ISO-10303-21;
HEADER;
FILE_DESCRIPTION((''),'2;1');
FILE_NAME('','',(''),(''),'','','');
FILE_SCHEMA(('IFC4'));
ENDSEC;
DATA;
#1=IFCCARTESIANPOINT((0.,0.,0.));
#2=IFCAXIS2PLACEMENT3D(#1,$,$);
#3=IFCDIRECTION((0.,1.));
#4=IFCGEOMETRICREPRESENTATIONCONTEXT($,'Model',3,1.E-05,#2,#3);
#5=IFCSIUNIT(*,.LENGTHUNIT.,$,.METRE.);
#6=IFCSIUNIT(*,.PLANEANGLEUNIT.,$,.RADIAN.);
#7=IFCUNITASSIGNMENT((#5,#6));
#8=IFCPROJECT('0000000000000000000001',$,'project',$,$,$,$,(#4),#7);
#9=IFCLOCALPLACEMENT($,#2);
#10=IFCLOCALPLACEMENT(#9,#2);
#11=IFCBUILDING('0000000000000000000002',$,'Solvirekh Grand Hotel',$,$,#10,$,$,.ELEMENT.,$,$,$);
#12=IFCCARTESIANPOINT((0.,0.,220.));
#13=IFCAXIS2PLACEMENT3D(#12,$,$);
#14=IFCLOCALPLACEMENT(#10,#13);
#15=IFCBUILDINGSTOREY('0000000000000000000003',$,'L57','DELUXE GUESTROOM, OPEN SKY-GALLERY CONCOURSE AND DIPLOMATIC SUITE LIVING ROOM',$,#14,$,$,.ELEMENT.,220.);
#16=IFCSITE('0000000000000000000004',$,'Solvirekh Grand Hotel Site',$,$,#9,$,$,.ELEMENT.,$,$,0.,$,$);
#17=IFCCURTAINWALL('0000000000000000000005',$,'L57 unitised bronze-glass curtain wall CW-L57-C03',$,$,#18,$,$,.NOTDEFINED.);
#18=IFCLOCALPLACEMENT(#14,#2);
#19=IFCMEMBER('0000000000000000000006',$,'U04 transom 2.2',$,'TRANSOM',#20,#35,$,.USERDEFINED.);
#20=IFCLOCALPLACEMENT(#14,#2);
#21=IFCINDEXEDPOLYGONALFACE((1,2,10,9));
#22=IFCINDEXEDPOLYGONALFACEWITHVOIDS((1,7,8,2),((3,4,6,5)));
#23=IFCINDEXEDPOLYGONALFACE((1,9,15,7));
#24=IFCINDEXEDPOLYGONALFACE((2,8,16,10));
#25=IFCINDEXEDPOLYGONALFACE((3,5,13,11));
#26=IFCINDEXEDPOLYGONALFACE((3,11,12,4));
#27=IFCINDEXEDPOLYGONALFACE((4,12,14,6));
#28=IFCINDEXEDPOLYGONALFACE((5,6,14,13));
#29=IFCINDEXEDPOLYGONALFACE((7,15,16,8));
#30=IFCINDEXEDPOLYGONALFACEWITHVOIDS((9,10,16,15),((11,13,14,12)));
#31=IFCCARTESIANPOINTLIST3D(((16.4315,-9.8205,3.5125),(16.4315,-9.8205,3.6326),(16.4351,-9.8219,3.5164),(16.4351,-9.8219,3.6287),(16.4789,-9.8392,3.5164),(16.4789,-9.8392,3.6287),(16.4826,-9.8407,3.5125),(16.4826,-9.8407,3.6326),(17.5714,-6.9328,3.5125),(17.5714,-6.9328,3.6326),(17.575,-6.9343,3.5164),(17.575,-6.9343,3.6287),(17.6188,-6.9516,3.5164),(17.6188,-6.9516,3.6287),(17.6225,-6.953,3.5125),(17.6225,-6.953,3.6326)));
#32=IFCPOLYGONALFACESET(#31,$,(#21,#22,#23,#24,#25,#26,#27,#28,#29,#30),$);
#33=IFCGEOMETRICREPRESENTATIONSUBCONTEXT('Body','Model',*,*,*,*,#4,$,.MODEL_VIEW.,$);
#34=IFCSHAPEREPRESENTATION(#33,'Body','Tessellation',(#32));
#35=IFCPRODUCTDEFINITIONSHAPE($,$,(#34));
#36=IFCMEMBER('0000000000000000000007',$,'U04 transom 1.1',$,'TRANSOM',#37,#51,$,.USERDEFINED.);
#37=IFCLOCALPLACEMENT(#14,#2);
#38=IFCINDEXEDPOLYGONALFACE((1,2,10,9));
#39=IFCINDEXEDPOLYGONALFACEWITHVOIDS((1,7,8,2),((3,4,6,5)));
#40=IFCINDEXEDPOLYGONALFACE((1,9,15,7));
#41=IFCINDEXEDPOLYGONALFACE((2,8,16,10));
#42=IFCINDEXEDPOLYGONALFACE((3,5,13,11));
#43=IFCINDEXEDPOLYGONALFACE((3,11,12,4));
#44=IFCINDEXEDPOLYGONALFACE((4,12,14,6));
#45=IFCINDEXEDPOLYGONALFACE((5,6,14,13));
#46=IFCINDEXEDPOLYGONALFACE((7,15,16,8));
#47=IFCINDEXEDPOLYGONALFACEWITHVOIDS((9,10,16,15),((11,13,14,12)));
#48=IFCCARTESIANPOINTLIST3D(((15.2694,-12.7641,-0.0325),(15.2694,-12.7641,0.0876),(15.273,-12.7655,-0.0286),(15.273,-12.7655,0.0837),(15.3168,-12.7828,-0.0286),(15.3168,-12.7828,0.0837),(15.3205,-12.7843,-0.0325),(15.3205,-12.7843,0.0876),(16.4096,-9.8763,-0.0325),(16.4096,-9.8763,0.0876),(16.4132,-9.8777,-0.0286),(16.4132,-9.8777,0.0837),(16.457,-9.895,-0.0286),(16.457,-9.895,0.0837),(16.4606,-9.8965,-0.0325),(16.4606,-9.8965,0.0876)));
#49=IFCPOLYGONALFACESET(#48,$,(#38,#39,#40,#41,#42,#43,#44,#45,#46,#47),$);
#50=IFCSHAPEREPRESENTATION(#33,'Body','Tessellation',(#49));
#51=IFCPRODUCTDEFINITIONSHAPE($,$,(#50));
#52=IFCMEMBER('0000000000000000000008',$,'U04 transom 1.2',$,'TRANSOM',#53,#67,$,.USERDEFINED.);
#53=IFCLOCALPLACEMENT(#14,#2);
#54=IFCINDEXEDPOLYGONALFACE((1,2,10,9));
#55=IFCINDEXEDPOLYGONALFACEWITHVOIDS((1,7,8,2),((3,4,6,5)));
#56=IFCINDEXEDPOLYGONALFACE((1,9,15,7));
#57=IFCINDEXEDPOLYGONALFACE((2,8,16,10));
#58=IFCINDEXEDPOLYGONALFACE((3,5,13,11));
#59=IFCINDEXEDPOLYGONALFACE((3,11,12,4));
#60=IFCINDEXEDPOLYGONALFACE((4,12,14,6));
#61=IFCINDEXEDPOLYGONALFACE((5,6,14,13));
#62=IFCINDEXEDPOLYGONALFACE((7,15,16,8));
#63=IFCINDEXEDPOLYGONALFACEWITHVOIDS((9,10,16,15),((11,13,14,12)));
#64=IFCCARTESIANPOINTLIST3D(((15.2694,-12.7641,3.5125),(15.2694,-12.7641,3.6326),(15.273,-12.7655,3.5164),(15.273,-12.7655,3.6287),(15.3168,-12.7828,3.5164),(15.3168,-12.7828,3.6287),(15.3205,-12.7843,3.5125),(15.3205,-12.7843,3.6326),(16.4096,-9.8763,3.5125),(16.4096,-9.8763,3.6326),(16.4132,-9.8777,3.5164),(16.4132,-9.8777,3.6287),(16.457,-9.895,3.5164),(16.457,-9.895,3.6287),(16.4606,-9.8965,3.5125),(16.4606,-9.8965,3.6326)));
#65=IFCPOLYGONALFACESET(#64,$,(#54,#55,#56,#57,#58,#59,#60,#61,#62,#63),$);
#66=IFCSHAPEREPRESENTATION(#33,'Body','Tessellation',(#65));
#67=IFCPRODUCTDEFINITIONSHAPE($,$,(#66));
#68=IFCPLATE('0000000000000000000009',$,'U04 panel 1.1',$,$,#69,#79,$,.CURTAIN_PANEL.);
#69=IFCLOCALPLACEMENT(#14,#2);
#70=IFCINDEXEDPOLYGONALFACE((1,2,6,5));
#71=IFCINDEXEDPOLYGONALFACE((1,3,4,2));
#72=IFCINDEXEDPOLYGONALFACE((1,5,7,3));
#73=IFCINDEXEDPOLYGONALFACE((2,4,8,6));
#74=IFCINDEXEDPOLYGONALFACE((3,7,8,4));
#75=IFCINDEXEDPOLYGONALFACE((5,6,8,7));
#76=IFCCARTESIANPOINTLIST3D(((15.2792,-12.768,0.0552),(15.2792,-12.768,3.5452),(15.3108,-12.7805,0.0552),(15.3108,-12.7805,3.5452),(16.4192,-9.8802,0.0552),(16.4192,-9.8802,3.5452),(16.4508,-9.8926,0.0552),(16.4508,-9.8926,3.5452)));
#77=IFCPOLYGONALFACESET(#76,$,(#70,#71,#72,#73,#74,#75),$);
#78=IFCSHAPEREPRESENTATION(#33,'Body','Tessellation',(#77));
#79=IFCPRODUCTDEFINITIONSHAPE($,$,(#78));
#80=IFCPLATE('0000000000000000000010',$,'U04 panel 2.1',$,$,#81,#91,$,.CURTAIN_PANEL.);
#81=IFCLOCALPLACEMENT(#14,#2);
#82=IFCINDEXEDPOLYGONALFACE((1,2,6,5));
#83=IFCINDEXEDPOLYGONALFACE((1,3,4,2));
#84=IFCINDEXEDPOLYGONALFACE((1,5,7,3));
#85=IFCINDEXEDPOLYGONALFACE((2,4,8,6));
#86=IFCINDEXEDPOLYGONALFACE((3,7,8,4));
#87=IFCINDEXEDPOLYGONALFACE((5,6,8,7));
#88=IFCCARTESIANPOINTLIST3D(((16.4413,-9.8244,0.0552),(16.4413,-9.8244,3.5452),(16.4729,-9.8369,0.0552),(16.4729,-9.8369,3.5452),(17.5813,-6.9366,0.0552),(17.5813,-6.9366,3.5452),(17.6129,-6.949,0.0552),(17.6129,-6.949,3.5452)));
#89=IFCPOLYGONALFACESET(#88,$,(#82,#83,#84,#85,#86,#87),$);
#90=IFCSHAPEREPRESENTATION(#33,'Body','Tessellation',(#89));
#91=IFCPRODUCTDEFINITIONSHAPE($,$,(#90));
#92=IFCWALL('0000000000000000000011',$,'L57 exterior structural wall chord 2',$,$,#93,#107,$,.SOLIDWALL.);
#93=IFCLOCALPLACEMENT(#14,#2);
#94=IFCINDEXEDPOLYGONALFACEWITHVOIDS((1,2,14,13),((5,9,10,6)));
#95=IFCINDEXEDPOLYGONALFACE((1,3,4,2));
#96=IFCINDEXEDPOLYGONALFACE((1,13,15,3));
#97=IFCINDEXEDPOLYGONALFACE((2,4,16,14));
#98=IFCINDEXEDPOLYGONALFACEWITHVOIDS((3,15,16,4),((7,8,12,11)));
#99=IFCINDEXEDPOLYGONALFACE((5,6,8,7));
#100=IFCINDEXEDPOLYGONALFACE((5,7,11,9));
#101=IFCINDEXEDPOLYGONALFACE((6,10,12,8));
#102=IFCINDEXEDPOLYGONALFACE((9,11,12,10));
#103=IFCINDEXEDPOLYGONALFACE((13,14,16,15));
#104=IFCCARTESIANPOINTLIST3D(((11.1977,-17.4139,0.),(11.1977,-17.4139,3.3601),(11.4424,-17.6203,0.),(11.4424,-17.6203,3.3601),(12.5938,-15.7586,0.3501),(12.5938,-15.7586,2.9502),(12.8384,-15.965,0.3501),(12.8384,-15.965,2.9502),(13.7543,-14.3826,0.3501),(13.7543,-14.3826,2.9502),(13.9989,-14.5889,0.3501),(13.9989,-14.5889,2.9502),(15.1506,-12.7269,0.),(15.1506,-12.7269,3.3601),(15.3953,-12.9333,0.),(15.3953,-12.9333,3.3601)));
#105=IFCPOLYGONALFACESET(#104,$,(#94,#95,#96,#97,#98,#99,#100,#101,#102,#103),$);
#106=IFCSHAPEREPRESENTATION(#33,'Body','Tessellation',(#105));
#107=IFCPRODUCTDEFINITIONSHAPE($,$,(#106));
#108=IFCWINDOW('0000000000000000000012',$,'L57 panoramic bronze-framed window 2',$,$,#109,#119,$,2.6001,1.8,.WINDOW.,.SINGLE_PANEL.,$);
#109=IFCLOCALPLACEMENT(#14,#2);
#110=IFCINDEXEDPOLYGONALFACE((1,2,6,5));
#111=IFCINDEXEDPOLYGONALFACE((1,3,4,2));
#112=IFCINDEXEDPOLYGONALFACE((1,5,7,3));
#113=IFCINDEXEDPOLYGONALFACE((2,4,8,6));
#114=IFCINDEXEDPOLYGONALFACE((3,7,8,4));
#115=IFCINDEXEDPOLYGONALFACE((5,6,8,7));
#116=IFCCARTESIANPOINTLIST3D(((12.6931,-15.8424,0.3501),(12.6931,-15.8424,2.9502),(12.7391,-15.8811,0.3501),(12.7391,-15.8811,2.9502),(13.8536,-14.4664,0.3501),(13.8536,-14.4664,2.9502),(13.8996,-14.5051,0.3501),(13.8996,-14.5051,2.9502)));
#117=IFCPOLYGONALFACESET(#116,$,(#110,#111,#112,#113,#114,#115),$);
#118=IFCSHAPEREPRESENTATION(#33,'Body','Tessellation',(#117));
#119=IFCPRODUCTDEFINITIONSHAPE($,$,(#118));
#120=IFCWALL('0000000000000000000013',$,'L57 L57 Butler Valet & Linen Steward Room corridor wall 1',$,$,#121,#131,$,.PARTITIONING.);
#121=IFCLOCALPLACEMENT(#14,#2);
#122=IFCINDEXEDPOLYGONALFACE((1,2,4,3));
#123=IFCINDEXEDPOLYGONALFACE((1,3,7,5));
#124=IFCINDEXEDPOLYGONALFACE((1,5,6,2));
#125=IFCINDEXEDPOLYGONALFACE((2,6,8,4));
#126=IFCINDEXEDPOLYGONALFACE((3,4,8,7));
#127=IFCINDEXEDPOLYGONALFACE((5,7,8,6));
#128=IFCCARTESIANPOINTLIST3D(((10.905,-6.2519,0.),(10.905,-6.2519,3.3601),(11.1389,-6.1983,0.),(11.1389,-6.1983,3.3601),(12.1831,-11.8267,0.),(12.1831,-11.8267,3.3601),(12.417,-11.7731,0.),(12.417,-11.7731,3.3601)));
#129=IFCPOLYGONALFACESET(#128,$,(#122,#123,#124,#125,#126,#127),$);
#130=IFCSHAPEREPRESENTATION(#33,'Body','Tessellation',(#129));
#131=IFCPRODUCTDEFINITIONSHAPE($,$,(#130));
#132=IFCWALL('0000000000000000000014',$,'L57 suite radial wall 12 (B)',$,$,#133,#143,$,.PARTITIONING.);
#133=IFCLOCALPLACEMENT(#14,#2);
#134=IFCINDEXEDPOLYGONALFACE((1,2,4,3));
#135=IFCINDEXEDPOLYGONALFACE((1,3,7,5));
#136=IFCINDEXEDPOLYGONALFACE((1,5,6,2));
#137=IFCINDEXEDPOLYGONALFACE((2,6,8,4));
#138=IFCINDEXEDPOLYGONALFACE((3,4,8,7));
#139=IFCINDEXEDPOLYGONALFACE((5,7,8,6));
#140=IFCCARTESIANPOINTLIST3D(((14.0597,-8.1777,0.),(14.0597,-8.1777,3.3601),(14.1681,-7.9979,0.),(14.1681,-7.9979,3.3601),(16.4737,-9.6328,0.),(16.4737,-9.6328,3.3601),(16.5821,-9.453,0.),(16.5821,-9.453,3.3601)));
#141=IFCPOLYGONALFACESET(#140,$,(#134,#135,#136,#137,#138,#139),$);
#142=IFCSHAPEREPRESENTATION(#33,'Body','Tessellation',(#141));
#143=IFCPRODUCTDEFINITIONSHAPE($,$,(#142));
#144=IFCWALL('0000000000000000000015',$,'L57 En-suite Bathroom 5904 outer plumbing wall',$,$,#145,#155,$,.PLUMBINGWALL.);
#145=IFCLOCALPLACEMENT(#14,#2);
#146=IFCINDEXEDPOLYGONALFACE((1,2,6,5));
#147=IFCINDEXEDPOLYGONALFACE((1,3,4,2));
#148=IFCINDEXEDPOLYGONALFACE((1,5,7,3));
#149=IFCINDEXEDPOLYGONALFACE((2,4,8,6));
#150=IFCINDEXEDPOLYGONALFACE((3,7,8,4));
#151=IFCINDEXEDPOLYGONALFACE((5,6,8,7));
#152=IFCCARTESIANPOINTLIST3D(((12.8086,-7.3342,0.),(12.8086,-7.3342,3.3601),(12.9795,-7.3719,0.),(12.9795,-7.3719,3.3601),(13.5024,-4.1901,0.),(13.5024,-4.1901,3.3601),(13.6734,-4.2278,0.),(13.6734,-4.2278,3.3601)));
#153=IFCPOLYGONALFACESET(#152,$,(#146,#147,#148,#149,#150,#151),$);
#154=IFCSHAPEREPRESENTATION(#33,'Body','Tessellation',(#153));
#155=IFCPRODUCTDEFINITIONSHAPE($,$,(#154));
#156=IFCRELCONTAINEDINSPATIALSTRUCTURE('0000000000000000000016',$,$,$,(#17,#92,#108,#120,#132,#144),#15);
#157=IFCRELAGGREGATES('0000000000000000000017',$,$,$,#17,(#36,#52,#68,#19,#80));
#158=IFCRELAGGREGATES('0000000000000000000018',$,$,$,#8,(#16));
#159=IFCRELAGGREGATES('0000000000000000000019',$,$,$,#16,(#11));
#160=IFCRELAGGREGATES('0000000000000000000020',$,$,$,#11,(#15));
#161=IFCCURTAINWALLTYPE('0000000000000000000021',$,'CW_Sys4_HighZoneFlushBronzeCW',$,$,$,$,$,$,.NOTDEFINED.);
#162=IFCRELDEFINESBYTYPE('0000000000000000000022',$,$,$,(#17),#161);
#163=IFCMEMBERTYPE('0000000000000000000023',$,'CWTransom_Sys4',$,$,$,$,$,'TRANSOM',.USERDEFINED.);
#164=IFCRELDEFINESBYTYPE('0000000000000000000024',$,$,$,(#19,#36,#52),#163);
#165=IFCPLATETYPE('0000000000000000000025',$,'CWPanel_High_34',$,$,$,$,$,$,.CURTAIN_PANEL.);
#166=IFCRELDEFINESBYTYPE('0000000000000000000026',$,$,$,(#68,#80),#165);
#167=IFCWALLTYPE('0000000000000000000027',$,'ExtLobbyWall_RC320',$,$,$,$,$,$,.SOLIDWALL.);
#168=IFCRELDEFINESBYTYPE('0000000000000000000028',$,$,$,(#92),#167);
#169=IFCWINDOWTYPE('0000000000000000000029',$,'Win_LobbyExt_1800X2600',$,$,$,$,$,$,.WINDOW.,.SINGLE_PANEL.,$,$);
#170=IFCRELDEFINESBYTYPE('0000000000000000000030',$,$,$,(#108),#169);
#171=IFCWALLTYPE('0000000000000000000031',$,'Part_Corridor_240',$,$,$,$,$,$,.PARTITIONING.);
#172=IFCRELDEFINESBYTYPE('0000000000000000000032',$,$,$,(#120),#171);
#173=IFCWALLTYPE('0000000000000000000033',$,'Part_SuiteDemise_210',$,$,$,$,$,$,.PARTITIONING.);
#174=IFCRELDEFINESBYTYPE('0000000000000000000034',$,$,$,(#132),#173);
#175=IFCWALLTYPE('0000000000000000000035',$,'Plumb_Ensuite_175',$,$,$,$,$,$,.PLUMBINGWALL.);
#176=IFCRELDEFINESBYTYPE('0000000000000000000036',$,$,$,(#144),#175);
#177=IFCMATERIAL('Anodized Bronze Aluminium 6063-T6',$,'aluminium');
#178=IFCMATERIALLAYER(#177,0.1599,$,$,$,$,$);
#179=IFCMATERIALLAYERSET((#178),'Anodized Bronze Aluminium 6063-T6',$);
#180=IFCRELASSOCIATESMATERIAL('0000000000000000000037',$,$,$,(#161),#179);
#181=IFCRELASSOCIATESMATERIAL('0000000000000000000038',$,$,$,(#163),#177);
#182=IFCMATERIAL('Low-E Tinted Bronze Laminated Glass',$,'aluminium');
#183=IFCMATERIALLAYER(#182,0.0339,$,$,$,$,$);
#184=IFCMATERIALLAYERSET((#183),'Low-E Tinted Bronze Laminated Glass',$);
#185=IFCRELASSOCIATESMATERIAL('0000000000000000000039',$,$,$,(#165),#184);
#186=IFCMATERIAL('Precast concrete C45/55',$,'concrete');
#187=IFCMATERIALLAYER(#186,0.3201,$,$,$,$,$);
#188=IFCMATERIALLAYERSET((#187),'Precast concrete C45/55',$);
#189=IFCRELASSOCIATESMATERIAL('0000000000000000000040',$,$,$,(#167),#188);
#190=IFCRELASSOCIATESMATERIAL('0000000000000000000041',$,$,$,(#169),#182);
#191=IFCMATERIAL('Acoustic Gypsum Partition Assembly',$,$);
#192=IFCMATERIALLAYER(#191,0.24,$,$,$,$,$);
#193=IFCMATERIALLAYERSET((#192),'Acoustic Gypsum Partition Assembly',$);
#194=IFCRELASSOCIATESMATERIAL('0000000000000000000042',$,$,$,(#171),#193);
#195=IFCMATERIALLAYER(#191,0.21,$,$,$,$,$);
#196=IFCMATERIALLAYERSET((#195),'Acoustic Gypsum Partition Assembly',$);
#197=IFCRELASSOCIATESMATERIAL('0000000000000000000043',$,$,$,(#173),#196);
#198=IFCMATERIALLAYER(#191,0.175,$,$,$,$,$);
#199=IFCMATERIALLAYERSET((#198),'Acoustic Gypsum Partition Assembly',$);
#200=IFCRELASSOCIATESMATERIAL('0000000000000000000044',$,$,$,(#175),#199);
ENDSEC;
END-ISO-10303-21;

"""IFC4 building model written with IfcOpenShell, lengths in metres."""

from ifc_helpers import new_model, si_unit, direction, frame, frame_2d, origin, origin_2d, place, context, subcontext, project, spatial, rectangle, hollow_rectangle, extrude, source, transform, mapped, material, layer, layer_set, material_profile, profile_set, type_object, element, fill, aggregate, save


model = new_model("IFC4")

# Units and contexts
model_context = context("Model", 3, precision=1e-05, world=origin(), true_north=direction((0.0, 1.0)))
body_context = subcontext(model_context, "Body", "Model", "MODEL_VIEW")
ifc_project = project(units=[si_unit("LENGTHUNIT", "METRE"), si_unit("PLANEANGLEUNIT", "RADIAN")], contexts=[model_context])

# Site, building, storey
site_placement = place(None, origin())
site = spatial("IfcSite", under=ifc_project, at=site_placement, Name="Solvirekh Grand Hotel Site", CompositionType="ELEMENT", RefElevation=0.0)
building_placement = place(site_placement, origin())
building = spatial("IfcBuilding", under=site, at=building_placement, Name="Solvirekh Grand Hotel", CompositionType="ELEMENT")
storey_placement = place(building_placement, frame((0.0, 0.0, 220.0)))
storey = spatial("IfcBuildingStorey", under=building, at=storey_placement, Name="L57", Description="DELUXE GUESTROOM, OPEN SKY-GALLERY CONCOURSE AND DIPLOMATIC SUITE LIVING ROOM", CompositionType="ELEMENT", Elevation=220.0)

# Shared definitions
ifc_material_1 = material(Name="Anodized Bronze Aluminium 6063-T6", Category="aluminium")
ifc_layer_1 = layer(ifc_material_1, 0.1599)
ifc_layer_set_1 = layer_set([ifc_layer_1], Name="Anodized Bronze Aluminium 6063-T6")
curtain_wall_type = type_object("IfcCurtainWallType", Name="CW_Sys4_HighZoneFlushBronzeCW", PredefinedType="NOTDEFINED", material=ifc_layer_set_1)

# Curtain wall, members, plates
curtain_wall_1_placement = place(storey_placement, origin())
curtain_wall_1 = element("IfcCurtainWall", 1, at=curtain_wall_1_placement, inside=storey, type_object=curtain_wall_type, Name="L57 unitised bronze-glass curtain wall CW-L57-C03", PredefinedType="NOTDEFINED")
ifc_material_profile_1 = material_profile(ifc_material_1, hollow_rectangle(XDim=0.0549, YDim=0.1201, WallThickness=0.0039, at=origin_2d()), Name="ALU RHS 120X55X4")
ifc_profile_set_1 = profile_set([ifc_material_profile_1], Name="Anodized Bronze Aluminium 6063-T6")
member_type_1 = type_object("IfcMemberType", Name="CWTransom_Sys4", ElementType="TRANSOM", PredefinedType="USERDEFINED", material=ifc_profile_set_1)
shared_shape_1 = source(origin(), body_context, "Body", "SweptSolid", [
    extrude(hollow_rectangle(XDim=0.0549, YDim=0.1201, WallThickness=0.0039, at=origin_2d()), origin(), (0.0, 0.0, 1.0), 3.1045),
])
member_1_placement = place(storey_placement, frame((16.457, -9.8306, 3.5725), z_axis=(0.36717, 0.930154, 0.0), x_axis=(-0.930154, 0.36717, 0.0)))
member_1 = element("IfcMember", 2, at=member_1_placement, type_object=member_type_1, Name="U04 transom 2.2", ObjectType="TRANSOM", PredefinedType="USERDEFINED", context=body_context, shape_type="MappedRepresentation", body=[
    mapped(shared_shape_1, transform((0.0, 0.0, 0.0), x_axis=(1.0, 0.0, 0.0), y_axis=(0.0, 1.0, 0.0), z_axis=(0.0, 0.0, 1.0), scale=1.0)),
])
shared_shape_2 = source(origin(), body_context, "Body", "SweptSolid", [
    extrude(hollow_rectangle(XDim=0.0549, YDim=0.1201, WallThickness=0.0039, at=origin_2d()), origin(), (0.0, 0.0, 1.0), 3.1047),
])
member_2_placement = place(storey_placement, frame((15.2949, -12.7742, 0.0276), z_axis=(0.367238, 0.930127, 0.0), x_axis=(-0.930127, 0.367238, 0.0)))
member_2 = element("IfcMember", 3, at=member_2_placement, type_object=member_type_1, Name="U04 transom 1.1", ObjectType="TRANSOM", PredefinedType="USERDEFINED", context=body_context, shape_type="MappedRepresentation", body=[
    mapped(shared_shape_2, transform((0.0, 0.0, 0.0), x_axis=(1.0, 0.0, 0.0), y_axis=(0.0, 1.0, 0.0), z_axis=(0.0, 0.0, 1.0), scale=1.0)),
])
member_3_placement = place(storey_placement, frame((15.2949, -12.7742, 3.5725), z_axis=(0.367238, 0.930127, 0.0), x_axis=(-0.930127, 0.367238, 0.0)))
member_3 = element("IfcMember", 4, at=member_3_placement, type_object=member_type_1, Name="U04 transom 1.2", ObjectType="TRANSOM", PredefinedType="USERDEFINED", context=body_context, shape_type="MappedRepresentation", body=[
    mapped(shared_shape_2, transform((0.0, 0.0, 0.0), x_axis=(1.0, 0.0, 0.0), y_axis=(0.0, 1.0, 0.0), z_axis=(0.0, 0.0, 1.0), scale=1.0)),
])
ifc_material_2 = material(Name="Low-E Tinted Bronze Laminated Glass", Category="aluminium")
ifc_layer_2 = layer(ifc_material_2, 0.0339)
ifc_layer_set_2 = layer_set([ifc_layer_2], Name="Low-E Tinted Bronze Laminated Glass")
plate_type = type_object("IfcPlateType", Name="CWPanel_High_34", PredefinedType="CURTAIN_PANEL", material=ifc_layer_set_2)
shared_shape_3 = source(origin(), body_context, "Body", "SweptSolid", [
    extrude(rectangle(XDim=3.1047, YDim=0.0339, at=origin_2d()), origin(), (0.0, 0.0, 1.0), 3.49),
])
plate_1_placement = place(storey_placement, frame((15.865, -11.3303, 0.0552), z_axis=(0.0, 0.0, 1.0), x_axis=(0.367177, 0.930151, 0.0)))
plate_1 = element("IfcPlate", 5, at=plate_1_placement, type_object=plate_type, Name="U04 panel 1.1", PredefinedType="CURTAIN_PANEL", context=body_context, shape_type="MappedRepresentation", body=[
    mapped(shared_shape_3, transform((0.0, 0.0, 0.0), x_axis=(1.0, 0.0, 0.0), y_axis=(0.0, 1.0, 0.0), z_axis=(0.0, 0.0, 1.0), scale=1.0)),
])
plate_2_placement = place(storey_placement, frame((17.0271, -8.3867, 0.0552), z_axis=(0.0, 0.0, 1.0), x_axis=(0.367177, 0.930151, 0.0)))
plate_2 = element("IfcPlate", 6, at=plate_2_placement, type_object=plate_type, Name="U04 panel 2.1", PredefinedType="CURTAIN_PANEL", context=body_context, shape_type="MappedRepresentation", body=[
    mapped(shared_shape_3, transform((0.0, 0.0, 0.0), x_axis=(1.0, 0.0, 0.0), y_axis=(0.0, 1.0, 0.0), z_axis=(0.0, 0.0, 1.0), scale=1.0)),
])
aggregate(curtain_wall_1, [member_2, member_3, plate_1, member_1, plate_2])

# Wall, opening, window
ifc_material_3 = material(Name="Precast concrete C45/55", Category="concrete")
ifc_layer_3 = layer(ifc_material_3, 0.3201)
ifc_layer_set_3 = layer_set([ifc_layer_3], Name="Precast concrete C45/55")
wall_type_1 = type_object("IfcWallType", Name="ExtLobbyWall_RC320", PredefinedType="SOLIDWALL", material=ifc_layer_set_3)
wall_1_placement = place(storey_placement, frame((15.2729, -12.8301, 0.0), z_axis=(0.0, 0.0, 1.0), x_axis=(-0.644701, -0.764435, 0.0)))
wall_1 = element("IfcWall", 7, at=wall_1_placement, inside=storey, type_object=wall_type_1, Name="L57 exterior structural wall chord 2", PredefinedType="SOLIDWALL", context=body_context, shape_type="SweptSolid", body=[
    extrude(rectangle(XDim=6.1313, YDim=0.3201, at=frame_2d((3.0657, 0.0))), origin(), (0.0, 0.0, 1.0), 3.3601),
])
opening_placement = place(wall_1_placement, frame((2.166, 0.0, 0.3501)))
opening = element("IfcOpeningElement", 8, at=opening_placement, cuts=wall_1, PredefinedType="OPENING", context=body_context, shape_type="SweptSolid", body=[
    extrude(rectangle(XDim=1.8, YDim=2.6001, at=frame_2d((0.8999, 1.3))), frame((0.0, 0.1699, 0.0), z_axis=(0.0, -1.0, 0.0), x_axis=(1.0, 0.0, 0.0)), (0.0, 0.0, 1.0), 0.3401),
])
window_type = type_object("IfcWindowType", Name="Win_LobbyExt_1800X2600", PartitioningType="SINGLE_PANEL", PredefinedType="WINDOW", material=ifc_material_2)
window_placement = place(opening_placement, origin())
window = element("IfcWindow", 9, at=window_placement, inside=storey, type_object=window_type, Name="L57 panoramic bronze-framed window 2", OverallHeight=2.6001, OverallWidth=1.8, PartitioningType="SINGLE_PANEL", PredefinedType="WINDOW", context=body_context, shape_type="SweptSolid", body=[
    extrude(rectangle(XDim=1.8, YDim=2.6001, at=frame_2d((0.8999, 1.3))), frame((0.0, 0.03, 0.0), z_axis=(0.0, -1.0, 0.0), x_axis=(1.0, 0.0, 0.0)), (0.0, 0.0, 1.0), 0.0601),
])
fill(opening, window)

# Walls
ifc_material_4 = material(Name="Acoustic Gypsum Partition Assembly")
ifc_layer_4 = layer(ifc_material_4, 0.24)
ifc_layer_set_4 = layer_set([ifc_layer_4], Name="Acoustic Gypsum Partition Assembly")
wall_type_2 = type_object("IfcWallType", Name="Part_Corridor_240", PredefinedType="PARTITIONING", material=ifc_layer_set_4)
wall_2_placement = place(storey_placement, frame((12.3, -11.8, 0.0), z_axis=(0.0, 0.0, 1.0), x_axis=(-0.223456, 0.974714, 0.0)))
element("IfcWall", 10, at=wall_2_placement, inside=storey, type_object=wall_type_2, Name="L57 L57 Butler Valet & Linen Steward Room corridor wall 1", PredefinedType="PARTITIONING", context=body_context, shape_type="SweptSolid", body=[
    extrude(rectangle(XDim=5.7195, YDim=0.24, at=frame_2d((2.8599, 0.0))), origin(), (0.0, 0.0, 1.0), 3.3601),
])
ifc_layer_5 = layer(ifc_material_4, 0.21)
ifc_layer_set_5 = layer_set([ifc_layer_5], Name="Acoustic Gypsum Partition Assembly")
wall_type_3 = type_object("IfcWallType", Name="Part_SuiteDemise_210", PredefinedType="PARTITIONING", material=ifc_layer_set_5)
wall_3_placement = place(storey_placement, frame((14.114, -8.0879, 0.0), z_axis=(0.0, 0.0, 1.0), x_axis=(0.856452, -0.516227, 0.0)))
element("IfcWall", 11, at=wall_3_placement, inside=storey, type_object=wall_type_3, Name="L57 suite radial wall 12 (B)", PredefinedType="PARTITIONING", context=body_context, shape_type="SweptSolid", body=[
    extrude(rectangle(XDim=2.8186, YDim=0.21, at=frame_2d((1.4092, 0.0))), origin(), (0.0, 0.0, 1.0), 3.3601),
])
ifc_layer_6 = layer(ifc_material_4, 0.175)
ifc_layer_set_6 = layer_set([ifc_layer_6], Name="Acoustic Gypsum Partition Assembly")
wall_type_4 = type_object("IfcWallType", Name="Plumb_Ensuite_175", PredefinedType="PLUMBINGWALL", material=ifc_layer_set_6)
wall_4_placement = place(storey_placement, frame((12.894, -7.353, 0.0), z_axis=(0.0, 0.0, 1.0), x_axis=(0.215501, 0.976504, 0.0)))
element("IfcWall", 12, at=wall_4_placement, inside=storey, type_object=wall_type_4, Name="L57 En-suite Bathroom 5904 outer plumbing wall", PredefinedType="PLUMBINGWALL", context=body_context, shape_type="SweptSolid", body=[
    extrude(rectangle(XDim=3.2197, YDim=0.175, at=frame_2d((1.6099, 0.0))), origin(), (0.0, 0.0, 1.0), 3.3601),
])

save(model, "model.ifc")
